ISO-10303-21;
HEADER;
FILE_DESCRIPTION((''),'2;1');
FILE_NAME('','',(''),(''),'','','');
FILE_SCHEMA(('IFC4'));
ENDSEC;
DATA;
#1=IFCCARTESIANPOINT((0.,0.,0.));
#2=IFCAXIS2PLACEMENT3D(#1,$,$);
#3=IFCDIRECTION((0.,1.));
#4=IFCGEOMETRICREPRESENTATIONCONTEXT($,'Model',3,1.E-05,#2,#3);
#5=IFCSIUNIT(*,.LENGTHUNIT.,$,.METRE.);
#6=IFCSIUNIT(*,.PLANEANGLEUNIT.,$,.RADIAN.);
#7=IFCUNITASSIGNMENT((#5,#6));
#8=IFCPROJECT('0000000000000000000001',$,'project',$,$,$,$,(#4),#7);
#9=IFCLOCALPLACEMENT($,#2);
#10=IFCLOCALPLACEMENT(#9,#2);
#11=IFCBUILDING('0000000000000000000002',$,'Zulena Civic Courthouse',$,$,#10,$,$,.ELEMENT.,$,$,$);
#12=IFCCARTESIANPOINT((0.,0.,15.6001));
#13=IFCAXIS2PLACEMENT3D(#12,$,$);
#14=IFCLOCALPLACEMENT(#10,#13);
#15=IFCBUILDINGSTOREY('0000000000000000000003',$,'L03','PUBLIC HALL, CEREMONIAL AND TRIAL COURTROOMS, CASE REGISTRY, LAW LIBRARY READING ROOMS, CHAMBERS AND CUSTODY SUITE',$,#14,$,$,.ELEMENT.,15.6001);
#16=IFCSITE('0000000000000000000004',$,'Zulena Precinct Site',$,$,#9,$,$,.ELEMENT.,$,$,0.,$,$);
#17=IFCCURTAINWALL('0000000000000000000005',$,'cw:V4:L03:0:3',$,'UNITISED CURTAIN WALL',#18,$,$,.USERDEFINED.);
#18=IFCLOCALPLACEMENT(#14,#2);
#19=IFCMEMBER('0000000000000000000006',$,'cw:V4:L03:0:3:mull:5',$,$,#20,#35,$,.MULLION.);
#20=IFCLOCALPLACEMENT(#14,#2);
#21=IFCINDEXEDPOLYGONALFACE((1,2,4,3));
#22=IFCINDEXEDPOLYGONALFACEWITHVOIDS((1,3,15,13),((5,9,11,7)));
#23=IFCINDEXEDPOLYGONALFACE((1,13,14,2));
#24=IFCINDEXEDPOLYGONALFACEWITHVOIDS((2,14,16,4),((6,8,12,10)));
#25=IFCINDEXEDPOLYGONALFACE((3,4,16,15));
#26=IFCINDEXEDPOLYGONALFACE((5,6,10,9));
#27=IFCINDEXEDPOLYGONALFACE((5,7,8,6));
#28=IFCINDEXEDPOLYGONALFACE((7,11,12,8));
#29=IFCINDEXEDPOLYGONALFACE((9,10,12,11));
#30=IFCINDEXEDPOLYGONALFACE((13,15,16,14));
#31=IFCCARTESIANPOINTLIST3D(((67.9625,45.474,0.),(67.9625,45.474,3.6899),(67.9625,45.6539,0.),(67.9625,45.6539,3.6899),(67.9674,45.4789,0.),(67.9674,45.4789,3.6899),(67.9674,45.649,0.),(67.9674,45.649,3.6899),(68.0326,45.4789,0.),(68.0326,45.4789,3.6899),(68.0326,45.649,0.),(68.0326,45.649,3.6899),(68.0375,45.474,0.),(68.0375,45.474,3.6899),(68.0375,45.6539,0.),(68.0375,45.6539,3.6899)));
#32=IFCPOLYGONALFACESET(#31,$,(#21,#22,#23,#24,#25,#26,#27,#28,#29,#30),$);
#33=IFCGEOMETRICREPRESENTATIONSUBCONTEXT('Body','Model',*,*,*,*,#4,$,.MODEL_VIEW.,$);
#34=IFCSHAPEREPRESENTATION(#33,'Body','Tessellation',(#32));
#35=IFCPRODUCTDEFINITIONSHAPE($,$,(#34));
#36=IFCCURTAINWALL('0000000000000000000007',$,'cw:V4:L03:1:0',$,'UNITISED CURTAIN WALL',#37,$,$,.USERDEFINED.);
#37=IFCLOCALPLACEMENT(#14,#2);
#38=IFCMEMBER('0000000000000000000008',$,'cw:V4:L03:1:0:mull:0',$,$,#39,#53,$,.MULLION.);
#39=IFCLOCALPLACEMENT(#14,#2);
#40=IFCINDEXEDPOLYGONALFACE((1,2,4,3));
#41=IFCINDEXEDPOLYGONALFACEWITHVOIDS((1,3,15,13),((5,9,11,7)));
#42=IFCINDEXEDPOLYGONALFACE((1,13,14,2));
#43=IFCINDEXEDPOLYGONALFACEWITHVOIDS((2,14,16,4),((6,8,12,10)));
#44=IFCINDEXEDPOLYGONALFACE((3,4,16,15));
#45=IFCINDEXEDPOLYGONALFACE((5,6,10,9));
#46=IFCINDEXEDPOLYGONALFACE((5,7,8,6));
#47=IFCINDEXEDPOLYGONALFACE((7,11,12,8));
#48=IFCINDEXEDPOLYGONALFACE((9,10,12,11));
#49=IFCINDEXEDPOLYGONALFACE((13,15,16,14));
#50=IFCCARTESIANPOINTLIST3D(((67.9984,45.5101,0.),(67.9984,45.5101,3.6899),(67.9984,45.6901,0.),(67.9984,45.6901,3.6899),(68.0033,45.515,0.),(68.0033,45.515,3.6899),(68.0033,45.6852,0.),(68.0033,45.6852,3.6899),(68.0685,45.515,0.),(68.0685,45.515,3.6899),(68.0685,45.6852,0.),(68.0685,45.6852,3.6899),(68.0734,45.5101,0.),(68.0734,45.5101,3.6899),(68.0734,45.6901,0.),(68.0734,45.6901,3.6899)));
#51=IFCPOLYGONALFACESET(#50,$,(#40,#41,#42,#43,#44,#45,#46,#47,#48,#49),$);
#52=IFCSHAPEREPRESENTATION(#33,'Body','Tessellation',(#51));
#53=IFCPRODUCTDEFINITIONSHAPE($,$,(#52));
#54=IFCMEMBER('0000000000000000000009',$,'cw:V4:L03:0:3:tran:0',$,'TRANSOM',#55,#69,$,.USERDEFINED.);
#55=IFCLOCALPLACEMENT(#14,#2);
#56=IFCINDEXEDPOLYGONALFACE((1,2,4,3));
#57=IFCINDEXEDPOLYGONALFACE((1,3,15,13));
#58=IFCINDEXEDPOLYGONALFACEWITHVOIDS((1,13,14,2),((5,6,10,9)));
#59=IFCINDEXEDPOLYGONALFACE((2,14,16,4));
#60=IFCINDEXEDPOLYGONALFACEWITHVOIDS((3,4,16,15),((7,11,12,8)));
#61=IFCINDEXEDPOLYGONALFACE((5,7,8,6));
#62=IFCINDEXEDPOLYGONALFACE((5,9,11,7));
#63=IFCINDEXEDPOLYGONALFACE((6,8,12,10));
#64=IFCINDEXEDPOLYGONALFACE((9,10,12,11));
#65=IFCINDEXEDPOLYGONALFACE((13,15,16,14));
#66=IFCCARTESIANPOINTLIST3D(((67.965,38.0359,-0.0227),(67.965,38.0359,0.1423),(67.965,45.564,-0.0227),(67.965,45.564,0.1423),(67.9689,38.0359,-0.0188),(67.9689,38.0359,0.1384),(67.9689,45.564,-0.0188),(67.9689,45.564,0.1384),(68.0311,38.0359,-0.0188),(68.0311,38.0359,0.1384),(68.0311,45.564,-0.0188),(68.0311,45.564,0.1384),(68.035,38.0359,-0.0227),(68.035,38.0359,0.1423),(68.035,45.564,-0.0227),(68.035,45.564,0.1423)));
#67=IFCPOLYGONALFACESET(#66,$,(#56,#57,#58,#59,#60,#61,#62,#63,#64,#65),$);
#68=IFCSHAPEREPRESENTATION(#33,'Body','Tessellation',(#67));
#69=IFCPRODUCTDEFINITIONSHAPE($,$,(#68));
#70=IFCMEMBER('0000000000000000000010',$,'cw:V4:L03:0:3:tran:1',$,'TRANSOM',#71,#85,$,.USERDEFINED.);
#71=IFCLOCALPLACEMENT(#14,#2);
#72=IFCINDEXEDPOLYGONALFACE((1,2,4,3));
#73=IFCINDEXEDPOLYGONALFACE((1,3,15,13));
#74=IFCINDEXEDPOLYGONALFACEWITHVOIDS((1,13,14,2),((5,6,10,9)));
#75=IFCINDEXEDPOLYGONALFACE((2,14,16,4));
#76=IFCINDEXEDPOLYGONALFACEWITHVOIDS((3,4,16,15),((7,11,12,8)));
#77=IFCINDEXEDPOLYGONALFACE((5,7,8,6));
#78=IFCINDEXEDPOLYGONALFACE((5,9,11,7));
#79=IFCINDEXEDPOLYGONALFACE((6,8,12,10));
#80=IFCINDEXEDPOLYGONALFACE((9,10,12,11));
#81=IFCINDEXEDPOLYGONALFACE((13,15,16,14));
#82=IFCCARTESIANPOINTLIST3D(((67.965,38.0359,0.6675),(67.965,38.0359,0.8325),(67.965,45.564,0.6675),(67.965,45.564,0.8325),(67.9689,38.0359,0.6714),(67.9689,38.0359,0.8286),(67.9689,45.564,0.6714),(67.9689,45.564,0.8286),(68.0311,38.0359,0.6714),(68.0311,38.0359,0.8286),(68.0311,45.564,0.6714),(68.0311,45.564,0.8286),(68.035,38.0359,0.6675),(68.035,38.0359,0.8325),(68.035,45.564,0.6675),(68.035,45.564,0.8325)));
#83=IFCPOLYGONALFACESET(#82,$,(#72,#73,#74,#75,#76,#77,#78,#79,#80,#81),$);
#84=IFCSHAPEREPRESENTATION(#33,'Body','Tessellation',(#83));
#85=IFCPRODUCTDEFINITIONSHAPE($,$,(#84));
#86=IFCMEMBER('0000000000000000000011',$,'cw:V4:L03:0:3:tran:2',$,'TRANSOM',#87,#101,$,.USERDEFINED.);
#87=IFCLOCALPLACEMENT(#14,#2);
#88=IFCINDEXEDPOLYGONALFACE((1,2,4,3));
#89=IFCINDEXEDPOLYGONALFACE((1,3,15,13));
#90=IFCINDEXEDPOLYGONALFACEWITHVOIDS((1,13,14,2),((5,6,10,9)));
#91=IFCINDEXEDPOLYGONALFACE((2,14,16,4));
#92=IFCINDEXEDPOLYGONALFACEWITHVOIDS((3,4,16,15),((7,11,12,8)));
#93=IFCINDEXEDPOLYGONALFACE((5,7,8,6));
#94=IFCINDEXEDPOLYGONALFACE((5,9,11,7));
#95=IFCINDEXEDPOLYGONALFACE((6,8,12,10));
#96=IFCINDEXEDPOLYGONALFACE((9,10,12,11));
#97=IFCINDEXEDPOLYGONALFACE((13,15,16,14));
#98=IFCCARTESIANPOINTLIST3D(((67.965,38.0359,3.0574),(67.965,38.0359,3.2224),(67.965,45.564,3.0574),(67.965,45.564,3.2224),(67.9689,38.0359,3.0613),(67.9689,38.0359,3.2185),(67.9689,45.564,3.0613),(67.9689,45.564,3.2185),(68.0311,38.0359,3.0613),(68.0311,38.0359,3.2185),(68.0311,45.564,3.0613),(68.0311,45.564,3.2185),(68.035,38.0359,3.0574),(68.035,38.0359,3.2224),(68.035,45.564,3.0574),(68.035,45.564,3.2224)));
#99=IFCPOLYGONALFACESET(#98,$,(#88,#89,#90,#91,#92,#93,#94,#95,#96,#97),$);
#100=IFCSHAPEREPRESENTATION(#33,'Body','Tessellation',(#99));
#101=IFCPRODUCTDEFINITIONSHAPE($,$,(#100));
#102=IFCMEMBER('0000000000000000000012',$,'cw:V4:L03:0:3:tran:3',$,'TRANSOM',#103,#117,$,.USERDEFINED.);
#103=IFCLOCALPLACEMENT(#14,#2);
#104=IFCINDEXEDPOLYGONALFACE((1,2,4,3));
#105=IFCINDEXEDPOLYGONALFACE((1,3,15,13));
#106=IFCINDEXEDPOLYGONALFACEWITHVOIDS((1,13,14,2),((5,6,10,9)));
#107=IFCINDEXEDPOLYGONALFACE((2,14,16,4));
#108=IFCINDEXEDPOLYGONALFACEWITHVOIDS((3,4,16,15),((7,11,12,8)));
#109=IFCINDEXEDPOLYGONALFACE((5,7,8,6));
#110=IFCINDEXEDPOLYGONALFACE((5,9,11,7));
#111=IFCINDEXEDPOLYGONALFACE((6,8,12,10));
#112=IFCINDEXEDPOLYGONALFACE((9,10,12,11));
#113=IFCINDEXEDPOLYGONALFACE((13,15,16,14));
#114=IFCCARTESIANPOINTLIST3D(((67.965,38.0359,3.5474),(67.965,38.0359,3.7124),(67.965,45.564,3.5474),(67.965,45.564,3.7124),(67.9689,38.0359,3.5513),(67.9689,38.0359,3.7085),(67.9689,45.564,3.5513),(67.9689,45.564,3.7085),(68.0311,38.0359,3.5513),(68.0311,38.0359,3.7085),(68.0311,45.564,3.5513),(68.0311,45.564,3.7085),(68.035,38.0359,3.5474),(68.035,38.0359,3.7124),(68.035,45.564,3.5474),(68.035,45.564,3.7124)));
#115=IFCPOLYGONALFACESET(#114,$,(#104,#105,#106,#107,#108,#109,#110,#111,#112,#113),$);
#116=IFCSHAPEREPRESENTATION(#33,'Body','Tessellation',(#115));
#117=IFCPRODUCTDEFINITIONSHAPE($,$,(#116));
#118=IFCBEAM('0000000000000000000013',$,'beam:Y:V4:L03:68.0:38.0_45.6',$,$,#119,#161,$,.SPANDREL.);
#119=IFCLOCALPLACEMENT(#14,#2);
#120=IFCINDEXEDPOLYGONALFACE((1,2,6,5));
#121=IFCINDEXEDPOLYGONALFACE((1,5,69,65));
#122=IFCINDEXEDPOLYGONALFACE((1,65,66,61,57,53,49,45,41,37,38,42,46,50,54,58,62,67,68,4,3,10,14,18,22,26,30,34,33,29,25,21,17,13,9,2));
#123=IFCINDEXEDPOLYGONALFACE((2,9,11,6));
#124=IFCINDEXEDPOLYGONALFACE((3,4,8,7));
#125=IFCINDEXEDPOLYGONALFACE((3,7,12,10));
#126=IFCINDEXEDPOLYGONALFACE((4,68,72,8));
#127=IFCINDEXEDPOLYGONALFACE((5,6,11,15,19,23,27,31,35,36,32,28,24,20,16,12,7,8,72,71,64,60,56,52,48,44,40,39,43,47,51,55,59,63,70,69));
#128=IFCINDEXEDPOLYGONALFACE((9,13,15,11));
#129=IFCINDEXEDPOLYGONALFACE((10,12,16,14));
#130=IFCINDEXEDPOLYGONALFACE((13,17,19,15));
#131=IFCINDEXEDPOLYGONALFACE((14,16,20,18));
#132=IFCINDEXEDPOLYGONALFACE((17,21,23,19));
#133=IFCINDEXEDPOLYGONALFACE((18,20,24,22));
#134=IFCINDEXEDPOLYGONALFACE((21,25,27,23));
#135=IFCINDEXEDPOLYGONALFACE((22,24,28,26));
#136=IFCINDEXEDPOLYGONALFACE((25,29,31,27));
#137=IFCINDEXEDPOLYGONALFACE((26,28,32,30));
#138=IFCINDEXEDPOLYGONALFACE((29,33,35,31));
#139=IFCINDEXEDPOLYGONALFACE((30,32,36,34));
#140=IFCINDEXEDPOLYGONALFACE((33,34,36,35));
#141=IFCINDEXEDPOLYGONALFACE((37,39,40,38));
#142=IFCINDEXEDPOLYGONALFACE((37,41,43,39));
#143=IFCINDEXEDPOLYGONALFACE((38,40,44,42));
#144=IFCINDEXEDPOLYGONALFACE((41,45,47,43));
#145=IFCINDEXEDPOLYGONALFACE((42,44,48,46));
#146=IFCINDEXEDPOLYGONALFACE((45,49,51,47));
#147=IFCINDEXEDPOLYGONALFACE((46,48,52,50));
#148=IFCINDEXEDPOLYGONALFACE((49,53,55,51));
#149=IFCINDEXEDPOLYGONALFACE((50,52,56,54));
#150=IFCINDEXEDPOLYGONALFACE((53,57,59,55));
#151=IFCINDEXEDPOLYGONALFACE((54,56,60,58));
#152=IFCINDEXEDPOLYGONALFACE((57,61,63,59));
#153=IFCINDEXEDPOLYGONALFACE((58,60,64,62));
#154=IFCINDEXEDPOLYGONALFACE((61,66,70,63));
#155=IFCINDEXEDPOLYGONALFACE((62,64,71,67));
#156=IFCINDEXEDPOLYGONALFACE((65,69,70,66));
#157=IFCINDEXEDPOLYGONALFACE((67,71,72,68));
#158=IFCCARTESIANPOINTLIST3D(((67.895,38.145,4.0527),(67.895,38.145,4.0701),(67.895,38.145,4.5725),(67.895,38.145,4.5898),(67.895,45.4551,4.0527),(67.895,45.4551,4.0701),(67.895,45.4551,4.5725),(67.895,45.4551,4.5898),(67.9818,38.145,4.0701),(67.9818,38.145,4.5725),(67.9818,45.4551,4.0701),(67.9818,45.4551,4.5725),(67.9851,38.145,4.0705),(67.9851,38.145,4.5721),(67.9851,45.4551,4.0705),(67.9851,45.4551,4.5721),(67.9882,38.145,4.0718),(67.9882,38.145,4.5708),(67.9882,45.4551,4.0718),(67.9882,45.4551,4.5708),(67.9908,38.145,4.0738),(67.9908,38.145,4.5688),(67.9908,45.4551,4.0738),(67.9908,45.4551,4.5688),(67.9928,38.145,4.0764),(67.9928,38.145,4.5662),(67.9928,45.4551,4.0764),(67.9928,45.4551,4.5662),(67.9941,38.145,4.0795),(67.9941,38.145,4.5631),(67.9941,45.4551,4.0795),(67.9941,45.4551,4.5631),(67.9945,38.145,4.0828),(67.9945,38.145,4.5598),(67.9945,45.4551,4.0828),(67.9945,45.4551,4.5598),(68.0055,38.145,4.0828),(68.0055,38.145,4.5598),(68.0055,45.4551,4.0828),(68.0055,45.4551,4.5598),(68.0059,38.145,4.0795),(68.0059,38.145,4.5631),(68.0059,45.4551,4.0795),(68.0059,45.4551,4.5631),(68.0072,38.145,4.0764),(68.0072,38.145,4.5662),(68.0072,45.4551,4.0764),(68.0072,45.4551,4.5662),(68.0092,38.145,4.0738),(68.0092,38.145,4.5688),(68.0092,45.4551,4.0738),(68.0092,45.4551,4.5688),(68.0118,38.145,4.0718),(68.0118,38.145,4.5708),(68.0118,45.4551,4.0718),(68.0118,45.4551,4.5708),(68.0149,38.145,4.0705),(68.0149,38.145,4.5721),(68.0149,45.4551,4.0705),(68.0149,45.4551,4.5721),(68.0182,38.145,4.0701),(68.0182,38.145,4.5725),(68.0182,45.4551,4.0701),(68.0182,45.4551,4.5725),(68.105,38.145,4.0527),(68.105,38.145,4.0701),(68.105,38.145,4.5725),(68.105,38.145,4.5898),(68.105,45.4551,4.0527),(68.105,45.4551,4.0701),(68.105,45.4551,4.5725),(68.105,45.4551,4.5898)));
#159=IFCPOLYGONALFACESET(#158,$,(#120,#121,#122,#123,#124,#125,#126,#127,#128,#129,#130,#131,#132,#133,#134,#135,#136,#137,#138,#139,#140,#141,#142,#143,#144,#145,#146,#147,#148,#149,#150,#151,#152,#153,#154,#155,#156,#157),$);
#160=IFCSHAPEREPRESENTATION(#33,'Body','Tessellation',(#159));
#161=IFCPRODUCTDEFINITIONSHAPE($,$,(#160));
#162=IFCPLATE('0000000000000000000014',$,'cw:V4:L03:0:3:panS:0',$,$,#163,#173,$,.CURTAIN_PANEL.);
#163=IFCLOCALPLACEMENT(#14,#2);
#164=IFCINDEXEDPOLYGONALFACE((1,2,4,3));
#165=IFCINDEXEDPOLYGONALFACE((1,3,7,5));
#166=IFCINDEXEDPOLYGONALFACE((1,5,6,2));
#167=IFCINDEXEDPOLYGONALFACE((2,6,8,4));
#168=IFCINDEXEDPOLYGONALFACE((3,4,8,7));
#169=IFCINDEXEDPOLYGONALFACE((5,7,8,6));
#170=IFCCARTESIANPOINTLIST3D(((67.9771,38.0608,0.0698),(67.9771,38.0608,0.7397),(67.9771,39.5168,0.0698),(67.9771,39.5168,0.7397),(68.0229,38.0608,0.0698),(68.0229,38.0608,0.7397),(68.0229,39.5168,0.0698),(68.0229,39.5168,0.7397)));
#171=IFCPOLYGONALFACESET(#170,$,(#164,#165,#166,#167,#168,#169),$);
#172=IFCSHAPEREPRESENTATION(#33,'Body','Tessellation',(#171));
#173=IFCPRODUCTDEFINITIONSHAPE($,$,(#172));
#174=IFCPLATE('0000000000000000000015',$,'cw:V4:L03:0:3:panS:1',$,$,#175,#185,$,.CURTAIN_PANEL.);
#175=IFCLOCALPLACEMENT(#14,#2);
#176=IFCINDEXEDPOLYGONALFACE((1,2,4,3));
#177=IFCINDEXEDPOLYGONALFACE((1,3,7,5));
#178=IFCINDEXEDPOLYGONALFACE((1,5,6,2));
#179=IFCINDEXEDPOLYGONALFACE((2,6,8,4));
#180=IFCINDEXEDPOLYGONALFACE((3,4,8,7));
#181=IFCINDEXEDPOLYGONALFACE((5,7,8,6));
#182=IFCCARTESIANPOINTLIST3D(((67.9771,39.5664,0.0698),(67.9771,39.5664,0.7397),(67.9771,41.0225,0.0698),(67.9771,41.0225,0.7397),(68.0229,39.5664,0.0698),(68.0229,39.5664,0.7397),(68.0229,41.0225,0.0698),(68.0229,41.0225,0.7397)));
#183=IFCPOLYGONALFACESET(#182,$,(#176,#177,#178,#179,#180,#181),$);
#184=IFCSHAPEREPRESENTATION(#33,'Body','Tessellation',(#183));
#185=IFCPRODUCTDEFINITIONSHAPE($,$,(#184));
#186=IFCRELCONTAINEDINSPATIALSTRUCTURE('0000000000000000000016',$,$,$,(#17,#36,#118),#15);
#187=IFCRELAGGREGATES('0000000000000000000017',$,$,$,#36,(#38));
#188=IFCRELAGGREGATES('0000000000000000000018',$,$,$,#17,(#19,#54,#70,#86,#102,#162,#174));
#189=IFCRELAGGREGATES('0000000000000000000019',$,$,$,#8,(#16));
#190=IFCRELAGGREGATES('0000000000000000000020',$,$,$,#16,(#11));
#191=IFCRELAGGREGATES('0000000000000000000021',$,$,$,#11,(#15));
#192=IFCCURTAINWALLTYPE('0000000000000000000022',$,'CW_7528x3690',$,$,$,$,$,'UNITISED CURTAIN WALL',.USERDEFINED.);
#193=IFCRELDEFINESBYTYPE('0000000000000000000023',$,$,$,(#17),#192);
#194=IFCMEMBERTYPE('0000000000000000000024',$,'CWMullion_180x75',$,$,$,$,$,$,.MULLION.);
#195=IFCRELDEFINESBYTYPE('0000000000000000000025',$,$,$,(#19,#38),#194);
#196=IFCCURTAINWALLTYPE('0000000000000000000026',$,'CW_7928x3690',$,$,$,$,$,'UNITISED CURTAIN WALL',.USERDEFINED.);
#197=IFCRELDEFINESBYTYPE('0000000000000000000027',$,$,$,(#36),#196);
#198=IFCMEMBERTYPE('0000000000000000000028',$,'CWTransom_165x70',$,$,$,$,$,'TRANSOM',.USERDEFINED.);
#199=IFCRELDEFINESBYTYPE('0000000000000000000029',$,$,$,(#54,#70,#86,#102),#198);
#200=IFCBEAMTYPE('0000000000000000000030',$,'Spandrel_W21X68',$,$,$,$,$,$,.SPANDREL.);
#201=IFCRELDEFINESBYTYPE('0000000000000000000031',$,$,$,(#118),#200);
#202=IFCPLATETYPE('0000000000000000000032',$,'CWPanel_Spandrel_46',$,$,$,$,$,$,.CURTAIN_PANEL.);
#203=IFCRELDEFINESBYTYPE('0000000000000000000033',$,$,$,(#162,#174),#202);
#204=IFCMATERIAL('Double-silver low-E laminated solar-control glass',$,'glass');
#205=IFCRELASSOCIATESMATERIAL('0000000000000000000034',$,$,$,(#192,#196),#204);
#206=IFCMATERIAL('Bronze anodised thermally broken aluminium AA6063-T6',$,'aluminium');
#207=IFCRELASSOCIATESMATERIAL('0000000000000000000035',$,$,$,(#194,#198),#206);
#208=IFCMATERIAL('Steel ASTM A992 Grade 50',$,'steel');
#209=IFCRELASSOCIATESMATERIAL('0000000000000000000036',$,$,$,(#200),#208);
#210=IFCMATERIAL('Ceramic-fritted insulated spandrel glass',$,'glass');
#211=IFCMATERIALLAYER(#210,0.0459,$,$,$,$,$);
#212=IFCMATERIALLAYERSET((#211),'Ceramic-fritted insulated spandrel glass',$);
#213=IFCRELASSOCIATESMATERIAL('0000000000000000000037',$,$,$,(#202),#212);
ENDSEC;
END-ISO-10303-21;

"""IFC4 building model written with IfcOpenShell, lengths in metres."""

from ifc_helpers import new_model, si_unit, direction, frame, origin, origin_2d, place, context, subcontext, project, spatial, rectangle, hollow_rectangle, i_section, extrude, material, layer, layer_set, material_profile, profile_set, type_object, element, aggregate, save


model = new_model("IFC4")

# Units and contexts
model_context = context("Model", 3, precision=1e-05, world=origin(), true_north=direction((0.0, 1.0)))
body_context = subcontext(model_context, "Body", "Model", "MODEL_VIEW")
ifc_project = project(units=[si_unit("LENGTHUNIT", "METRE"), si_unit("PLANEANGLEUNIT", "RADIAN")], contexts=[model_context])

# Site, building, storey
site_placement = place(None, origin())
site = spatial("IfcSite", under=ifc_project, at=site_placement, Name="Zulena Precinct Site", CompositionType="ELEMENT", RefElevation=0.0)
building_placement = place(site_placement, origin())
building = spatial("IfcBuilding", under=site, at=building_placement, Name="Zulena Civic Courthouse", CompositionType="ELEMENT")
storey_placement = place(building_placement, frame((0.0, 0.0, 15.6001)))
storey = spatial("IfcBuildingStorey", under=building, at=storey_placement, Name="L03", Description="PUBLIC HALL, CEREMONIAL AND TRIAL COURTROOMS, CASE REGISTRY, LAW LIBRARY READING ROOMS, CHAMBERS AND CUSTODY SUITE", CompositionType="ELEMENT", Elevation=15.6001)

# Shared definitions
ifc_material_1 = material(Name="Steel ASTM A992 Grade 50", Category="steel")

# Curtain wall, member
ifc_material_2 = material(Name="Double-silver low-E laminated solar-control glass", Category="glass")
curtain_wall_type_1 = type_object("IfcCurtainWallType", Name="CW_7528x3690", ElementType="UNITISED CURTAIN WALL", PredefinedType="USERDEFINED", material=ifc_material_2)
curtain_wall_1_placement = place(storey_placement, origin())
curtain_wall_1 = element("IfcCurtainWall", 1, at=curtain_wall_1_placement, inside=storey, type_object=curtain_wall_type_1, Name="cw:V4:L03:0:3", ObjectType="UNITISED CURTAIN WALL", PredefinedType="USERDEFINED")
ifc_material_3 = material(Name="Bronze anodised thermally broken aluminium AA6063-T6", Category="aluminium")
ifc_material_profile_1 = material_profile(ifc_material_3, hollow_rectangle(XDim=0.075, YDim=0.1799, WallThickness=0.0049, at=origin_2d()), Name="CWM180X75X5")
ifc_profile_set_1 = profile_set([ifc_material_profile_1], Name="Bronze anodised thermally broken aluminium AA6063-T6")
member_type_1 = type_object("IfcMemberType", Name="CWMullion_180x75", PredefinedType="MULLION", material=ifc_profile_set_1)
member_1_placement = place(storey_placement, frame((68.0, 45.564, 0.0), z_axis=(0.0, 0.0, 1.0), x_axis=(1.0, 0.0, 0.0)))
member_1 = element("IfcMember", 2, at=member_1_placement, type_object=member_type_1, Name="cw:V4:L03:0:3:mull:5", PredefinedType="MULLION", context=body_context, shape_type="SweptSolid", body=[
    extrude(hollow_rectangle(XDim=0.075, YDim=0.1799, WallThickness=0.0049, at=origin_2d()), origin(), (0.0, 0.0, 1.0), 3.6899),
])

# Curtain wall, member
curtain_wall_type_2 = type_object("IfcCurtainWallType", Name="CW_7928x3690", ElementType="UNITISED CURTAIN WALL", PredefinedType="USERDEFINED", material=ifc_material_2)
curtain_wall_2_placement = place(storey_placement, origin())
curtain_wall_2 = element("IfcCurtainWall", 3, at=curtain_wall_2_placement, inside=storey, type_object=curtain_wall_type_2, Name="cw:V4:L03:1:0", ObjectType="UNITISED CURTAIN WALL", PredefinedType="USERDEFINED")
member_2_placement = place(storey_placement, frame((68.0359, 45.6001, 0.0), z_axis=(0.0, 0.0, 1.0), x_axis=(1.0, 0.0, 0.0)))
member_2 = element("IfcMember", 4, at=member_2_placement, type_object=member_type_1, Name="cw:V4:L03:1:0:mull:0", PredefinedType="MULLION", context=body_context, shape_type="SweptSolid", body=[
    extrude(hollow_rectangle(XDim=0.075, YDim=0.1799, WallThickness=0.0049, at=origin_2d()), origin(), (0.0, 0.0, 1.0), 3.6899),
])
aggregate(curtain_wall_2, [member_2])

# Members
ifc_material_profile_2 = material_profile(ifc_material_3, hollow_rectangle(XDim=0.0701, YDim=0.165, WallThickness=0.0039, at=origin_2d()), Name="CWT165X70X4")
ifc_profile_set_2 = profile_set([ifc_material_profile_2], Name="Bronze anodised thermally broken aluminium AA6063-T6")
member_type_2 = type_object("IfcMemberType", Name="CWTransom_165x70", ElementType="TRANSOM", PredefinedType="USERDEFINED", material=ifc_profile_set_2)
member_3_placement = place(storey_placement, frame((68.0, 38.0359, 0.0598), z_axis=(0.0, 1.0, 0.0), x_axis=(-1.0, 0.0, 0.0)))
member_3 = element("IfcMember", 5, at=member_3_placement, type_object=member_type_2, Name="cw:V4:L03:0:3:tran:0", ObjectType="TRANSOM", PredefinedType="USERDEFINED", context=body_context, shape_type="SweptSolid", body=[
    extrude(hollow_rectangle(XDim=0.0701, YDim=0.165, WallThickness=0.0039, at=origin_2d()), origin(), (0.0, 0.0, 1.0), 7.5281),
])
member_4_placement = place(storey_placement, frame((68.0, 38.0359, 0.75), z_axis=(0.0, 1.0, 0.0), x_axis=(-1.0, 0.0, 0.0)))
member_4 = element("IfcMember", 6, at=member_4_placement, type_object=member_type_2, Name="cw:V4:L03:0:3:tran:1", ObjectType="TRANSOM", PredefinedType="USERDEFINED", context=body_context, shape_type="SweptSolid", body=[
    extrude(hollow_rectangle(XDim=0.0701, YDim=0.165, WallThickness=0.0039, at=origin_2d()), origin(), (0.0, 0.0, 1.0), 7.5281),
])
member_5_placement = place(storey_placement, frame((68.0, 38.0359, 3.1399), z_axis=(0.0, 1.0, 0.0), x_axis=(-1.0, 0.0, 0.0)))
member_5 = element("IfcMember", 7, at=member_5_placement, type_object=member_type_2, Name="cw:V4:L03:0:3:tran:2", ObjectType="TRANSOM", PredefinedType="USERDEFINED", context=body_context, shape_type="SweptSolid", body=[
    extrude(hollow_rectangle(XDim=0.0701, YDim=0.165, WallThickness=0.0039, at=origin_2d()), origin(), (0.0, 0.0, 1.0), 7.5281),
])
member_6_placement = place(storey_placement, frame((68.0, 38.0359, 3.6299), z_axis=(0.0, 1.0, 0.0), x_axis=(-1.0, 0.0, 0.0)))
member_6 = element("IfcMember", 8, at=member_6_placement, type_object=member_type_2, Name="cw:V4:L03:0:3:tran:3", ObjectType="TRANSOM", PredefinedType="USERDEFINED", context=body_context, shape_type="SweptSolid", body=[
    extrude(hollow_rectangle(XDim=0.0701, YDim=0.165, WallThickness=0.0039, at=origin_2d()), origin(), (0.0, 0.0, 1.0), 7.5281),
])

# Beam
ifc_material_profile_3 = material_profile(ifc_material_1, i_section(OverallWidth=0.21, OverallDepth=0.5371, WebThickness=0.011, FlangeThickness=0.0173, FilletRadius=0.0127, at=origin_2d()), Name="W21X68")
ifc_profile_set_3 = profile_set([ifc_material_profile_3], Name="Steel ASTM A992 Grade 50")
beam_type = type_object("IfcBeamType", Name="Spandrel_W21X68", PredefinedType="SPANDREL", material=ifc_profile_set_3)
beam_placement = place(storey_placement, frame((68.0, 38.145, 4.3213), z_axis=(0.0, 1.0, 0.0), x_axis=(-1.0, 0.0, 0.0)))
element("IfcBeam", 9, at=beam_placement, inside=storey, type_object=beam_type, Name="beam:Y:V4:L03:68.0:38.0_45.6", PredefinedType="SPANDREL", context=body_context, shape_type="SweptSolid", body=[
    extrude(i_section(OverallWidth=0.21, OverallDepth=0.5371, WebThickness=0.011, FlangeThickness=0.0173, FilletRadius=0.0127, at=origin_2d()), origin(), (0.0, 0.0, 1.0), 7.3101),
])

# Plates
ifc_material_4 = material(Name="Ceramic-fritted insulated spandrel glass", Category="glass")
ifc_layer_1 = layer(ifc_material_4, 0.0459)
ifc_layer_set_1 = layer_set([ifc_layer_1], Name="Ceramic-fritted insulated spandrel glass")
plate_type_1 = type_object("IfcPlateType", Name="CWPanel_Spandrel_46", PredefinedType="CURTAIN_PANEL", material=ifc_layer_set_1)
plate_1_placement = place(storey_placement, frame((68.0, 38.7888, 0.0698), z_axis=(0.0, 0.0, 1.0), x_axis=(0.0, 1.0, 0.0)))
plate_1 = element("IfcPlate", 10, at=plate_1_placement, type_object=plate_type_1, Name="cw:V4:L03:0:3:panS:0", PredefinedType="CURTAIN_PANEL", context=body_context, shape_type="SweptSolid", body=[
    extrude(rectangle(XDim=1.4561, YDim=0.0459, at=origin_2d()), origin(), (0.0, 0.0, 1.0), 0.6699),
])
plate_2_placement = place(storey_placement, frame((68.0, 40.2944, 0.0698), z_axis=(0.0, 0.0, 1.0), x_axis=(0.0, 1.0, 0.0)))
plate_2 = element("IfcPlate", 11, at=plate_2_placement, type_object=plate_type_1, Name="cw:V4:L03:0:3:panS:1", PredefinedType="CURTAIN_PANEL", context=body_context, shape_type="SweptSolid", body=[
    extrude(rectangle(XDim=1.4561, YDim=0.0459, at=origin_2d()), origin(), (0.0, 0.0, 1.0), 0.6699),
])
aggregate(curtain_wall_1, [member_1, member_3, member_4, member_5, member_6, plate_1, plate_2])

save(model, "model.ifc")
